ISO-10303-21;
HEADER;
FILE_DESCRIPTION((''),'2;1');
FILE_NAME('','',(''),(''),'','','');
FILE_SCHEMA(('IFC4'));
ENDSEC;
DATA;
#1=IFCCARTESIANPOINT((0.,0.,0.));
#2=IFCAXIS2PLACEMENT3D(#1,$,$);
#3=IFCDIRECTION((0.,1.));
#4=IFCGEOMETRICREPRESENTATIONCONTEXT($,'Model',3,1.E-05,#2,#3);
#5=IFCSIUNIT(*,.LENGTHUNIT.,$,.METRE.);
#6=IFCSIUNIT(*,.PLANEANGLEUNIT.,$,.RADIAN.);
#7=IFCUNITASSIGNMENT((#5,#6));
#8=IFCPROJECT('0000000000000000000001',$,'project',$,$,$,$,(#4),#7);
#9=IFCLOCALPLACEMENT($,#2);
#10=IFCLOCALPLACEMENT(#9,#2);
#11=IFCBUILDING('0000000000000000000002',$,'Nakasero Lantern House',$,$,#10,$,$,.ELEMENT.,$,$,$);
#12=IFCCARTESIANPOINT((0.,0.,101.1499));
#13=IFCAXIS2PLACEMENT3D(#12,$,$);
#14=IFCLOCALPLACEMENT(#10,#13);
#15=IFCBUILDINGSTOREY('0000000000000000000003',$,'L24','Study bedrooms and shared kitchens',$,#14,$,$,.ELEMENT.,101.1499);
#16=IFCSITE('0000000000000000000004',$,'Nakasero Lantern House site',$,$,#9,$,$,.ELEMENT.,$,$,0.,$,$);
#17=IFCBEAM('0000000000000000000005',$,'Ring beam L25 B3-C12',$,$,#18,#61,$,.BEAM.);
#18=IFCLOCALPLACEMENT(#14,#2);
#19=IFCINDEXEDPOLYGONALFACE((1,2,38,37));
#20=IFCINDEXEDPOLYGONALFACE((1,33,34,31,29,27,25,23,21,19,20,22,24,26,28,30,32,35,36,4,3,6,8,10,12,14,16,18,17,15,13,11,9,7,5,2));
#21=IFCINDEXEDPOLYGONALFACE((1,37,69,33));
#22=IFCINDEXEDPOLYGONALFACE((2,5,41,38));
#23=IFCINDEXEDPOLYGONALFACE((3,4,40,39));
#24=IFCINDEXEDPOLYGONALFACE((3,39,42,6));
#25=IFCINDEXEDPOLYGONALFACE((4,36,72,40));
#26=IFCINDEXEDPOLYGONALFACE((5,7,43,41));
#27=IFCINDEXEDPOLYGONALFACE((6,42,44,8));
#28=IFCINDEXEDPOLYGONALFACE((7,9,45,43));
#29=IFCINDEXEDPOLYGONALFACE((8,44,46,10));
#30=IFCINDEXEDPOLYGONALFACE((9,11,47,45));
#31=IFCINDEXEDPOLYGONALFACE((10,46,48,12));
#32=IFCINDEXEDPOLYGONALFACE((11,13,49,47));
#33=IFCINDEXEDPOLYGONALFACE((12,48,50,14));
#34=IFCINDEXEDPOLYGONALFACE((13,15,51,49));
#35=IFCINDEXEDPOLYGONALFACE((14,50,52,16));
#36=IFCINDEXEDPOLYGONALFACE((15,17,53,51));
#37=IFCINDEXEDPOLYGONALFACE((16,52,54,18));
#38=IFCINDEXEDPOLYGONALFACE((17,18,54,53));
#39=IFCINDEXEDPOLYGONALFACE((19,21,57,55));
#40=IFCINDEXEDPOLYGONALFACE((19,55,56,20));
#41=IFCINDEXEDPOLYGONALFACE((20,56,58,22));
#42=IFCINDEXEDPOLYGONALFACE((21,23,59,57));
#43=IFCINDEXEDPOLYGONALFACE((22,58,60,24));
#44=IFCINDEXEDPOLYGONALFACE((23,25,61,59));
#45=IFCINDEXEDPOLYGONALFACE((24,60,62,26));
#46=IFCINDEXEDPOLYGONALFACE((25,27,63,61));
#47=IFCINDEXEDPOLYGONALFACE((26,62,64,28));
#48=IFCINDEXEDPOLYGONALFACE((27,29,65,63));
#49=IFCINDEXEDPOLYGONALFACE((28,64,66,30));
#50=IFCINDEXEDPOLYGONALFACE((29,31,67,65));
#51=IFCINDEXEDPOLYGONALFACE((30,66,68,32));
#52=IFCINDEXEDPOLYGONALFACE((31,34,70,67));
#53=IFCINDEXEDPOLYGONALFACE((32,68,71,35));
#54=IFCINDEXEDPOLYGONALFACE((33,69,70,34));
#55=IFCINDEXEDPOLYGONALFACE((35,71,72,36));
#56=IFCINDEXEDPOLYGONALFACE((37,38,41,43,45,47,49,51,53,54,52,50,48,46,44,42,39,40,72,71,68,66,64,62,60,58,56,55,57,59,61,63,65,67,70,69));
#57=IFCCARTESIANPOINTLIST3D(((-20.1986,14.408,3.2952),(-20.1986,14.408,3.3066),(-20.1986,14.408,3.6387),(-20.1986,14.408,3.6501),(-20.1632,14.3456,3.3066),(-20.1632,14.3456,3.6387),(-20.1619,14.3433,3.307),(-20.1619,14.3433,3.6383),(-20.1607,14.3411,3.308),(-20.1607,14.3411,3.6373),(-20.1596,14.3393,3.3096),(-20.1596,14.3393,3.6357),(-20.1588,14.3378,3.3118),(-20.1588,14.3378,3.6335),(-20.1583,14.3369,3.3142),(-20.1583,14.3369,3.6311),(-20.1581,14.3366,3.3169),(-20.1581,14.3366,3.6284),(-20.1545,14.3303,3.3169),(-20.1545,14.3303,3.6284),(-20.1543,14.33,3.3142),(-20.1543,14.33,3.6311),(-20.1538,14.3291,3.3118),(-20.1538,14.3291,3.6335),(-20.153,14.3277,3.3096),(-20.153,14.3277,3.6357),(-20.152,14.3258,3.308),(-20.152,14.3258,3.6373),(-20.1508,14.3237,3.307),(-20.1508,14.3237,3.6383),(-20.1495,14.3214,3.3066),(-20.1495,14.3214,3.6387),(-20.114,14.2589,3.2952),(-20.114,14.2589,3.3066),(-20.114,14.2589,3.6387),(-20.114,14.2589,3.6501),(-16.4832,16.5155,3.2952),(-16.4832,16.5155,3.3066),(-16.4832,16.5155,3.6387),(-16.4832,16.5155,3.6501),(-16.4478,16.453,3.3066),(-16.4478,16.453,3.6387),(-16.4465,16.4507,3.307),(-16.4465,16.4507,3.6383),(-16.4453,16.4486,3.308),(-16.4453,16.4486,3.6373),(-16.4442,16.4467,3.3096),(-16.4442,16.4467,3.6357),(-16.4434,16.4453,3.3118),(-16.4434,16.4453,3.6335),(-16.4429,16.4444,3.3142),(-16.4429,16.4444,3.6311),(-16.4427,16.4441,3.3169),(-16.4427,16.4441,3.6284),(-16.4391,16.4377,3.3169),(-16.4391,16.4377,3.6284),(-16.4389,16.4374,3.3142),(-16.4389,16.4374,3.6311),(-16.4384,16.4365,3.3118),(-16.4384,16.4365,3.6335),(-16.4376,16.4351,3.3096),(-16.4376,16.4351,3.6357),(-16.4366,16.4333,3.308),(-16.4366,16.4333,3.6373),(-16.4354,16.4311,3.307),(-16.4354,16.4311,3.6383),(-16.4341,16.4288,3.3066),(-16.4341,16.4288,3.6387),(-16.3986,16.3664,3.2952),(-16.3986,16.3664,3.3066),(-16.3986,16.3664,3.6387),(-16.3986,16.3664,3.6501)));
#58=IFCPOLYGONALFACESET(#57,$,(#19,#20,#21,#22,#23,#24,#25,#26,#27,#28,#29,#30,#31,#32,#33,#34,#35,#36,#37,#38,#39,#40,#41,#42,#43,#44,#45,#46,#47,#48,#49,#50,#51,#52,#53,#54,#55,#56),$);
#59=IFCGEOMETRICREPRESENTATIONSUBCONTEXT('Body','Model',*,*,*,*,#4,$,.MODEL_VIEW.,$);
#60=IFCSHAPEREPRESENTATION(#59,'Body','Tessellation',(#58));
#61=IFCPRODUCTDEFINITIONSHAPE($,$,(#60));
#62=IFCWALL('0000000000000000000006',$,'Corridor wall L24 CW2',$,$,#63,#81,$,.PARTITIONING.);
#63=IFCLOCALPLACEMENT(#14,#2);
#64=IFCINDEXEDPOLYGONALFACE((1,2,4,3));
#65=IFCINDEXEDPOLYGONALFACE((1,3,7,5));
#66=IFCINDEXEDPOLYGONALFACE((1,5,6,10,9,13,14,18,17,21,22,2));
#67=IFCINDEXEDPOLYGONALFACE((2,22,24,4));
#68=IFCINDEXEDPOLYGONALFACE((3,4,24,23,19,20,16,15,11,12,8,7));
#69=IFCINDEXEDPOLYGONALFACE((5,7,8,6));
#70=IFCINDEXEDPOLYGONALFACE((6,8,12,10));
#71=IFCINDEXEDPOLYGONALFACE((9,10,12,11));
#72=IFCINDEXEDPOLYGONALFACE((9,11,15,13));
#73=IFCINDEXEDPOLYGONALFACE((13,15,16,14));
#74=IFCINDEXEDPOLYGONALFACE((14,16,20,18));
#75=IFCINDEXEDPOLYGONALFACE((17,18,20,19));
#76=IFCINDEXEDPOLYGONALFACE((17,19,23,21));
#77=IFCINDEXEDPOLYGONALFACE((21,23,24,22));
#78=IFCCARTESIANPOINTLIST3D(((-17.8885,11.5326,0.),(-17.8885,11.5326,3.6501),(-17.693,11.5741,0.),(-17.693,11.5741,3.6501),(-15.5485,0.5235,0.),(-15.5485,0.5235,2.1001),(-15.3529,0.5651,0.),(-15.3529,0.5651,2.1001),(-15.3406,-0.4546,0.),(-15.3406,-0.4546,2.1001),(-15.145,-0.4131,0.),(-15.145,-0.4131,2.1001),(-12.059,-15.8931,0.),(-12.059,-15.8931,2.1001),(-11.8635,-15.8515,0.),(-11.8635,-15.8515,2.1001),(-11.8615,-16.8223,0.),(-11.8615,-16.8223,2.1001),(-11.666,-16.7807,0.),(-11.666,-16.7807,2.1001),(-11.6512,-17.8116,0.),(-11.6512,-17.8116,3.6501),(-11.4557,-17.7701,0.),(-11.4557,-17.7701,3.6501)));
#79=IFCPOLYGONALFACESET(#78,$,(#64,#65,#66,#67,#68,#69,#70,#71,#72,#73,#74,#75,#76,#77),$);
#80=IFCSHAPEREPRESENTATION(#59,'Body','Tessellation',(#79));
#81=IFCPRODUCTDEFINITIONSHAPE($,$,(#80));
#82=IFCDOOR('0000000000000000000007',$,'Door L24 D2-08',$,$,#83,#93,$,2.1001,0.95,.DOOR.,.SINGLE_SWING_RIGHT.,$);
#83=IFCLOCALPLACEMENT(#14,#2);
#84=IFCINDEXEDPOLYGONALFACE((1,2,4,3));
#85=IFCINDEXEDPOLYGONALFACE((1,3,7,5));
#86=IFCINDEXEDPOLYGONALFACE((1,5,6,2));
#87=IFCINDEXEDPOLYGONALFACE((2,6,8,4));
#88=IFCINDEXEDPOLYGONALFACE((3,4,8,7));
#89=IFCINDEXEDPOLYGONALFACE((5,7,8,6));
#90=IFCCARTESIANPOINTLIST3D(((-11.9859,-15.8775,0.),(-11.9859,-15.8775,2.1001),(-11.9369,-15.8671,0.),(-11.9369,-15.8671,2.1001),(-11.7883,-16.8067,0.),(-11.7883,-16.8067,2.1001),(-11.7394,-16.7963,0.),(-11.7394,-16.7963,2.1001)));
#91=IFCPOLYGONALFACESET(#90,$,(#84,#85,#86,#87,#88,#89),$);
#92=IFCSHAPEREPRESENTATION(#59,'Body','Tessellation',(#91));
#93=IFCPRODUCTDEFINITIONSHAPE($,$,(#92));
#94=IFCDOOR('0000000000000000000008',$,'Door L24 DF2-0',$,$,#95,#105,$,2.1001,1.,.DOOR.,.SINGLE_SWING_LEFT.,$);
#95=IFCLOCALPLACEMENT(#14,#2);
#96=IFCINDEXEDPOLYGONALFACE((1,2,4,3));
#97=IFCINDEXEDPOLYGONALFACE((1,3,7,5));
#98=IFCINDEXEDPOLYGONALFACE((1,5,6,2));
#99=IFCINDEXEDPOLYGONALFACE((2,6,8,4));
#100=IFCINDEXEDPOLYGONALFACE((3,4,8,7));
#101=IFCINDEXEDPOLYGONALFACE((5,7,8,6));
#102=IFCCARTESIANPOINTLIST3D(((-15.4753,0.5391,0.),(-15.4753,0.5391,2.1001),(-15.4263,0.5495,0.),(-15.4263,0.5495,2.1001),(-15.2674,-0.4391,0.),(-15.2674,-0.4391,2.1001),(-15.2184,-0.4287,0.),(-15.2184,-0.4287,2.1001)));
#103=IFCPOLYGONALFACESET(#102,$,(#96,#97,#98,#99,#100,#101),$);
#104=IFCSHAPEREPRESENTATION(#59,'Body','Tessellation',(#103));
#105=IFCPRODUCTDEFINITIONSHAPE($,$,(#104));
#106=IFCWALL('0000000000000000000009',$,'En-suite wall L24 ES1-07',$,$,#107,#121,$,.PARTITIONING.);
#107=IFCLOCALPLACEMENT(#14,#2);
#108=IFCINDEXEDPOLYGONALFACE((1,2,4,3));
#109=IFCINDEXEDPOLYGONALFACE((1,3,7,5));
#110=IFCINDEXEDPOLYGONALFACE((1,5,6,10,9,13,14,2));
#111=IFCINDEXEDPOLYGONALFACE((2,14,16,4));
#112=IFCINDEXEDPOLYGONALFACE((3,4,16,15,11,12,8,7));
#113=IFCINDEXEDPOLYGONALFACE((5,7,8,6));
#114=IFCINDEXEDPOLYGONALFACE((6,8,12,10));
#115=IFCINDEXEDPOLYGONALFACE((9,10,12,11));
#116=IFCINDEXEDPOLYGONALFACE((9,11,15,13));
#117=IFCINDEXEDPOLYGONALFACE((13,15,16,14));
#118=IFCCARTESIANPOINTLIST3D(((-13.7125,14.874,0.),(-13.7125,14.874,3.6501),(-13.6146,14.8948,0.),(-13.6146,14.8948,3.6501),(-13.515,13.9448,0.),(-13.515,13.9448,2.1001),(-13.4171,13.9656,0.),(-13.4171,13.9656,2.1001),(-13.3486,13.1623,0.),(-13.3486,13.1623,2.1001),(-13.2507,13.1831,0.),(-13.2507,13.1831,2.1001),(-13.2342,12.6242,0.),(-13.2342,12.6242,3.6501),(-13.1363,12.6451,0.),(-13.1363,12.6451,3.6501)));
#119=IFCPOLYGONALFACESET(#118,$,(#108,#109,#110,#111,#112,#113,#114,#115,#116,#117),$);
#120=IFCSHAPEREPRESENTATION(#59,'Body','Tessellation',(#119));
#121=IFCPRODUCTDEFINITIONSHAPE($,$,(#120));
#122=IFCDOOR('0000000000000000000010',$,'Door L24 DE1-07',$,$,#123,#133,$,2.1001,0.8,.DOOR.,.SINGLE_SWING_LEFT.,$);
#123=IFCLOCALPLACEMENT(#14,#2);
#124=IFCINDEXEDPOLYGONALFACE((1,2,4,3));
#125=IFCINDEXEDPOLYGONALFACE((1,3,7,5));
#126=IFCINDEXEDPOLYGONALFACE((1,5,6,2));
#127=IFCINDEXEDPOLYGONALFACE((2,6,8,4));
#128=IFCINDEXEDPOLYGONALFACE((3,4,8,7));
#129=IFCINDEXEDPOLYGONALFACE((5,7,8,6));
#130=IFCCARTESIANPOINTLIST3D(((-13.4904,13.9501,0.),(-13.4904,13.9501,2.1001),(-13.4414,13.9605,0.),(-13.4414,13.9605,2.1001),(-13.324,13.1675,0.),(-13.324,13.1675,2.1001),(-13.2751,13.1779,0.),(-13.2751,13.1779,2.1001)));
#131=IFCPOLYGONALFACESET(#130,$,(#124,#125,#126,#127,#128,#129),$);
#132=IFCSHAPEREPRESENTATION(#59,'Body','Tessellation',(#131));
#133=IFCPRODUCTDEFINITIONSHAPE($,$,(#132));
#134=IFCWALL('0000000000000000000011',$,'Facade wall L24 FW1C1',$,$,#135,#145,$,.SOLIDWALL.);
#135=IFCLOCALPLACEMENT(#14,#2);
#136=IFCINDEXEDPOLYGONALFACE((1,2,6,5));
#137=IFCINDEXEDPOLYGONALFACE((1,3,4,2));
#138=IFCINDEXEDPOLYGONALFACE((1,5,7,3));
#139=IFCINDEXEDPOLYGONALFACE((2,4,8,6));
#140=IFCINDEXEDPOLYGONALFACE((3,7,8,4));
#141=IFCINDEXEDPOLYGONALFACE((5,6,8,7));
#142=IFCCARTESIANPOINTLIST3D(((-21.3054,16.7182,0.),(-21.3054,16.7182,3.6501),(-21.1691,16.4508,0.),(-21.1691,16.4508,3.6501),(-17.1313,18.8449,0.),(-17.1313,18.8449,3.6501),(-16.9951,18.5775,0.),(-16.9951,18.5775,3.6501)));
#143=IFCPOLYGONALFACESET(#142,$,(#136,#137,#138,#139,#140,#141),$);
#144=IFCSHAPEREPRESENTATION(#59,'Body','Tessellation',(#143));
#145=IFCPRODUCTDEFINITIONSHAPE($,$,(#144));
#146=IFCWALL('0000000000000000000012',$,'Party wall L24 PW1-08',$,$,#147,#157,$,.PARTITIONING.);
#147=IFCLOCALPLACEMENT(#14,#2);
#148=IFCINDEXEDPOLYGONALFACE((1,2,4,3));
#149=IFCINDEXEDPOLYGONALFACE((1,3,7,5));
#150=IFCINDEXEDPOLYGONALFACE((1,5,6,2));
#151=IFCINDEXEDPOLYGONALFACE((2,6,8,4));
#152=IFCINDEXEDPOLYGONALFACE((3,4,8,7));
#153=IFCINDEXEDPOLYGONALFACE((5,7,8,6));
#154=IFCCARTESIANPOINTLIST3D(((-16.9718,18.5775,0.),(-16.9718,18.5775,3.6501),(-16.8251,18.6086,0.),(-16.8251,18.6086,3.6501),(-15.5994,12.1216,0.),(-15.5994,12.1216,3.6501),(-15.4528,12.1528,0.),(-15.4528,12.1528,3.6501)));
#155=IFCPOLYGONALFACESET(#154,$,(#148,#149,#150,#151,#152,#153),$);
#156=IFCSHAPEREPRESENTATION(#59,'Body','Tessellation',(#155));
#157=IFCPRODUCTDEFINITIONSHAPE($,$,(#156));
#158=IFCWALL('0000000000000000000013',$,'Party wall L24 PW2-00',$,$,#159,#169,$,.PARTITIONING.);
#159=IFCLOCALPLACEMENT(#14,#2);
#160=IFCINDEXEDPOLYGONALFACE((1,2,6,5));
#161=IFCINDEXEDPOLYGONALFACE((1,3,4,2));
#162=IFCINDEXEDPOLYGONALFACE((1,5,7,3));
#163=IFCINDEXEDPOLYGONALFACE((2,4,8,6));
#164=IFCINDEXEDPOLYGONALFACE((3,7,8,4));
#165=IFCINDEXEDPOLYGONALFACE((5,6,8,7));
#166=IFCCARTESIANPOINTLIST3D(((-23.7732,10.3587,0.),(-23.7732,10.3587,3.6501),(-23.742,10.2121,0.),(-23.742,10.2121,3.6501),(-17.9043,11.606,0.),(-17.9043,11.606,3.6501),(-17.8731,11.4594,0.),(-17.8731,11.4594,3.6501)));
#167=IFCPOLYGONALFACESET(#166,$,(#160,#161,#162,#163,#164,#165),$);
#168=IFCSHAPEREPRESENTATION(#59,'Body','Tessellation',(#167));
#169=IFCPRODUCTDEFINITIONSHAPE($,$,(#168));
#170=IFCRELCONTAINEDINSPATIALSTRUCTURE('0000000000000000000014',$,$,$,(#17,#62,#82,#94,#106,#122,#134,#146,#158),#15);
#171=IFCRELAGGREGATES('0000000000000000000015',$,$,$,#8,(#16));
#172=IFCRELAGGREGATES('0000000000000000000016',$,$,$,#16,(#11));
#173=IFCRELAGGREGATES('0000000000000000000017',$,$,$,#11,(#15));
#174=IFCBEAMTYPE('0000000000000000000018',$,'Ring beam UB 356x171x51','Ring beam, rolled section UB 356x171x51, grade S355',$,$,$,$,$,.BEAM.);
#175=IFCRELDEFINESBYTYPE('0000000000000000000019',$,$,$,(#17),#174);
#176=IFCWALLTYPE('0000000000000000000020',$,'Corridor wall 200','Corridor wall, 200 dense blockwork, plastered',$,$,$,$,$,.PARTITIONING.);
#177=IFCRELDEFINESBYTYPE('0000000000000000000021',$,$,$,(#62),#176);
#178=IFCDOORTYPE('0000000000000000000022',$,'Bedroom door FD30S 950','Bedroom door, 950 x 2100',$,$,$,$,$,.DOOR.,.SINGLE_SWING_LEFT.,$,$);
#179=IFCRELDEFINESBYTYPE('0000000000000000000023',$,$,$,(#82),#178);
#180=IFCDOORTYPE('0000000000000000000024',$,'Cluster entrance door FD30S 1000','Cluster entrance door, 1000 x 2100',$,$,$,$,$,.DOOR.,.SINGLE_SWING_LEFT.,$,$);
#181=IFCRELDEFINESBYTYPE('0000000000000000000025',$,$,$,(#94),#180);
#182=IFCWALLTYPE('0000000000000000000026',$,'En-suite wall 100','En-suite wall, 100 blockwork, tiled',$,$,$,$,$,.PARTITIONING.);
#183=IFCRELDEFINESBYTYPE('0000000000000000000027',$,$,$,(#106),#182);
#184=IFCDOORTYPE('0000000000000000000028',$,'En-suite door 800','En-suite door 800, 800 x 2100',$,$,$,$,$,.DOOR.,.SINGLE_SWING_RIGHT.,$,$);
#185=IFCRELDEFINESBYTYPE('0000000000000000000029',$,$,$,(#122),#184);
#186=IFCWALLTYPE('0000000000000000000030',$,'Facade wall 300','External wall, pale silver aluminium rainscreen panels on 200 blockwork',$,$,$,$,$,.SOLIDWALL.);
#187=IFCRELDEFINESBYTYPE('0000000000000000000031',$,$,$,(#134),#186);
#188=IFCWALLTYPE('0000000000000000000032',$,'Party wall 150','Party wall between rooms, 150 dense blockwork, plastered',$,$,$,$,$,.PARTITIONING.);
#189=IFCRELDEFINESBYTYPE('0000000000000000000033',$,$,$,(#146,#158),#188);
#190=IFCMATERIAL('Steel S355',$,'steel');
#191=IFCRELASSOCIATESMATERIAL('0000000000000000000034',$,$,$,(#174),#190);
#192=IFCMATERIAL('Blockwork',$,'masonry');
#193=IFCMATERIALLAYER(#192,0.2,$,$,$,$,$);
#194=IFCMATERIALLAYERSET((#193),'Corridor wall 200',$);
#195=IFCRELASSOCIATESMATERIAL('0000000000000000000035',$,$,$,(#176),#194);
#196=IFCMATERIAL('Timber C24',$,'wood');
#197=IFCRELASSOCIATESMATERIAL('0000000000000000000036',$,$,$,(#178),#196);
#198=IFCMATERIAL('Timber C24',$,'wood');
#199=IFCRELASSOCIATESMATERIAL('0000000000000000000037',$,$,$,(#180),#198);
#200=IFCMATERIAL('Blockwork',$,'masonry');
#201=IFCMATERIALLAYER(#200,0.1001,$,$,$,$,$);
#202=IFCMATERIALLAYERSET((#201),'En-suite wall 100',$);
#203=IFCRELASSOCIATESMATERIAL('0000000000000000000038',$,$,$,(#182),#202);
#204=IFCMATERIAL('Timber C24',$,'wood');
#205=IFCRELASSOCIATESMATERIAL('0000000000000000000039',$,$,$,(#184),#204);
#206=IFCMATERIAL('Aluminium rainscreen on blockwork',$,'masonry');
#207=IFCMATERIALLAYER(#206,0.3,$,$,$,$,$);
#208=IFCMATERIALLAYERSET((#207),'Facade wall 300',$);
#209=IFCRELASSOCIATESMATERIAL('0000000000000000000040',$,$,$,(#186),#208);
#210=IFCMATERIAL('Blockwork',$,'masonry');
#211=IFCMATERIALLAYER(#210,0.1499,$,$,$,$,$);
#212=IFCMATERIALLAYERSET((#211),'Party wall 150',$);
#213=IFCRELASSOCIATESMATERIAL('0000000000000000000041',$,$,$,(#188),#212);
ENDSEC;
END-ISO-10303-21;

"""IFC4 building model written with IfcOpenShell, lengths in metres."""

from ifc_helpers import new_model, si_unit, direction, frame, frame_2d, origin, origin_2d, place, context, subcontext, project, spatial, rectangle, i_section, extrude, material, layer, layer_set, material_profile, profile_set, type_object, element, fill, save


model = new_model("IFC4")

# Units and contexts
model_context = context("Model", 3, precision=1e-05, world=origin(), true_north=direction((0.0, 1.0)))
body_context = subcontext(model_context, "Body", "Model", "MODEL_VIEW")
ifc_project = project(units=[si_unit("LENGTHUNIT", "METRE"), si_unit("PLANEANGLEUNIT", "RADIAN")], contexts=[model_context])

# Site, building, storey
site_placement = place(None, origin())
site = spatial("IfcSite", under=ifc_project, at=site_placement, Name="Nakasero Lantern House site", CompositionType="ELEMENT", RefElevation=0.0)
building_placement = place(site_placement, origin())
building = spatial("IfcBuilding", under=site, at=building_placement, Name="Nakasero Lantern House", CompositionType="ELEMENT")
storey_placement = place(building_placement, frame((0.0, 0.0, 101.1499)))
storey = spatial("IfcBuildingStorey", under=building, at=storey_placement, Name="L24", Description="Study bedrooms and shared kitchens", CompositionType="ELEMENT", Elevation=101.1499)

# Beam
ifc_material_1 = material(Name="Steel S355", Category="steel")
ifc_material_profile_1 = material_profile(ifc_material_1, i_section(OverallWidth=0.1714, OverallDepth=0.355, WebThickness=0.0073, FlangeThickness=0.0115, FilletRadius=0.0103, at=origin_2d()), Name="UB 356x171x51")
ifc_profile_set_1 = profile_set([ifc_material_profile_1], Name="Steel S355")
beam_type_1 = type_object("IfcBeamType", Name="Ring beam UB 356x171x51", Description="Ring beam, rolled section UB 356x171x51, grade S355", PredefinedType="BEAM", material=ifc_profile_set_1)
beam_1_placement = place(storey_placement, frame((-16.4409, 16.4409, 3.4727), z_axis=(-0.869815, -0.493379, 0.0), x_axis=(0.493379, -0.869815, 0.0)))
element("IfcBeam", 1, at=beam_1_placement, inside=storey, type_object=beam_type_1, Name="Ring beam L25 B3-C12", PredefinedType="BEAM", context=body_context, shape_type="SweptSolid", body=[
    extrude(i_section(OverallWidth=0.1714, OverallDepth=0.355, WebThickness=0.0073, FlangeThickness=0.0115, FilletRadius=0.0103, at=origin_2d()), origin(), (0.0, 0.0, 1.0), 4.2715),
])

# Wall, openings, doors
ifc_material_2 = material(Name="Blockwork", Category="masonry")
ifc_layer_1 = layer(ifc_material_2, 0.2)
ifc_layer_set_1 = layer_set([ifc_layer_1], Name="Corridor wall 200")
wall_type_1 = type_object("IfcWallType", Name="Corridor wall 200", Description="Corridor wall, 200 dense blockwork, plastered", PredefinedType="PARTITIONING", material=ifc_layer_set_1)
wall_1_placement = place(storey_placement, frame((-17.7908, 11.5535, 0.0), z_axis=(0.0, 0.0, 1.0), x_axis=(0.207912, -0.978148, 0.0)))
wall_1 = element("IfcWall", 2, at=wall_1_placement, inside=storey, type_object=wall_type_1, Name="Corridor wall L24 CW2", PredefinedType="PARTITIONING", context=body_context, shape_type="SweptSolid", body=[
    extrude(rectangle(XDim=29.9998, YDim=0.2, at=frame_2d((15.0, 0.0))), origin(), (0.0, 0.0, 1.0), 3.6501),
])
opening_1_placement = place(wall_1_placement, frame((11.2551, 0.0, 0.0)))
opening_1 = element("IfcOpeningElement", 3, at=opening_1_placement, cuts=wall_1, PredefinedType="OPENING", context=body_context, shape_type="SweptSolid", body=[
    extrude(rectangle(XDim=1.0, YDim=2.1001, at=frame_2d((0.5, 1.05))), frame((0.0, 0.1199, 0.0), z_axis=(0.0, -1.0, 0.0), x_axis=(1.0, 0.0, 0.0)), (0.0, 0.0, 1.0), 0.24),
])
opening_2_placement = place(wall_1_placement, frame((28.0383, 0.0, 0.0)))
opening_2 = element("IfcOpeningElement", 4, at=opening_2_placement, cuts=wall_1, PredefinedType="OPENING", context=body_context, shape_type="SweptSolid", body=[
    extrude(rectangle(XDim=0.95, YDim=2.1001, at=frame_2d((0.4751, 1.05))), frame((0.0, 0.1199, 0.0), z_axis=(0.0, -1.0, 0.0), x_axis=(1.0, 0.0, 0.0)), (0.0, 0.0, 1.0), 0.24),
])
ifc_material_3 = material(Name="Timber C24", Category="wood")
door_type_1 = type_object("IfcDoorType", Name="Bedroom door FD30S 950", Description="Bedroom door, 950 x 2100", OperationType="SINGLE_SWING_LEFT", PredefinedType="DOOR", material=ifc_material_3)
door_1_placement = place(opening_2_placement, origin())
door_1 = element("IfcDoor", 5, at=door_1_placement, inside=storey, type_object=door_type_1, Name="Door L24 D2-08", OperationType="SINGLE_SWING_RIGHT", OverallHeight=2.1001, OverallWidth=0.95, PredefinedType="DOOR", context=body_context, shape_type="SweptSolid", body=[
    extrude(rectangle(XDim=0.95, YDim=2.1001, at=frame_2d((0.4751, 1.05))), frame((0.0, 0.0249, 0.0), z_axis=(0.0, -1.0, 0.0), x_axis=(1.0, 0.0, 0.0)), (0.0, 0.0, 1.0), 0.05),
])
fill(opening_2, door_1)
ifc_material_4 = material(Name="Timber C24", Category="wood")
door_type_2 = type_object("IfcDoorType", Name="Cluster entrance door FD30S 1000", Description="Cluster entrance door, 1000 x 2100", OperationType="SINGLE_SWING_LEFT", PredefinedType="DOOR", material=ifc_material_4)
door_2_placement = place(opening_1_placement, origin())
door_2 = element("IfcDoor", 6, at=door_2_placement, inside=storey, type_object=door_type_2, Name="Door L24 DF2-0", OperationType="SINGLE_SWING_LEFT", OverallHeight=2.1001, OverallWidth=1.0, PredefinedType="DOOR", context=body_context, shape_type="SweptSolid", body=[
    extrude(rectangle(XDim=1.0, YDim=2.1001, at=frame_2d((0.5, 1.05))), frame((0.0, 0.0249, 0.0), z_axis=(0.0, -1.0, 0.0), x_axis=(1.0, 0.0, 0.0)), (0.0, 0.0, 1.0), 0.05),
])
fill(opening_1, door_2)

# Wall, opening, door
ifc_material_5 = material(Name="Blockwork", Category="masonry")
ifc_layer_2 = layer(ifc_material_5, 0.1001)
ifc_layer_set_2 = layer_set([ifc_layer_2], Name="En-suite wall 100")
wall_type_2 = type_object("IfcWallType", Name="En-suite wall 100", Description="En-suite wall, 100 blockwork, tiled", PredefinedType="PARTITIONING", material=ifc_layer_set_2)
wall_2_placement = place(storey_placement, frame((-13.1853, 12.6348, 0.0), z_axis=(0.0, 0.0, 1.0), x_axis=(-0.207941, 0.978141, 0.0)))
wall_2 = element("IfcWall", 7, at=wall_2_placement, inside=storey, type_object=wall_type_2, Name="En-suite wall L24 ES1-07", PredefinedType="PARTITIONING", context=body_context, shape_type="SweptSolid", body=[
    extrude(rectangle(XDim=2.3, YDim=0.1001, at=frame_2d((1.1499, 0.0))), origin(), (0.0, 0.0, 1.0), 3.6501),
])
opening_3_placement = place(wall_2_placement, frame((0.55, 0.0, 0.0)))
opening_3 = element("IfcOpeningElement", 8, at=opening_3_placement, cuts=wall_2, PredefinedType="OPENING", context=body_context, shape_type="SweptSolid", body=[
    extrude(rectangle(XDim=0.8, YDim=2.1001, at=frame_2d((0.3999, 1.05))), frame((0.0, 0.0701, 0.0), z_axis=(0.0, -1.0, 0.0), x_axis=(1.0, 0.0, 0.0)), (0.0, 0.0, 1.0), 0.1401),
])
ifc_material_6 = material(Name="Timber C24", Category="wood")
door_type_3 = type_object("IfcDoorType", Name="En-suite door 800", Description="En-suite door 800, 800 x 2100", OperationType="SINGLE_SWING_RIGHT", PredefinedType="DOOR", material=ifc_material_6)
door_3_placement = place(opening_3_placement, origin())
door_3 = element("IfcDoor", 9, at=door_3_placement, inside=storey, type_object=door_type_3, Name="Door L24 DE1-07", OperationType="SINGLE_SWING_LEFT", OverallHeight=2.1001, OverallWidth=0.8, PredefinedType="DOOR", context=body_context, shape_type="SweptSolid", body=[
    extrude(rectangle(XDim=0.8, YDim=2.1001, at=frame_2d((0.3999, 1.05))), frame((0.0, 0.0249, 0.0), z_axis=(0.0, -1.0, 0.0), x_axis=(1.0, 0.0, 0.0)), (0.0, 0.0, 1.0), 0.05),
])
fill(opening_3, door_3)

# Walls
ifc_material_7 = material(Name="Aluminium rainscreen on blockwork", Category="masonry")
ifc_layer_3 = layer(ifc_material_7, 0.3)
ifc_layer_set_3 = layer_set([ifc_layer_3], Name="Facade wall 300")
wall_type_3 = type_object("IfcWallType", Name="Facade wall 300", Description="External wall, pale silver aluminium rainscreen panels on 200 blockwork", PredefinedType="SOLIDWALL", material=ifc_layer_set_3)
wall_3_placement = place(storey_placement, frame((-17.0632, 18.7112, 0.0), z_axis=(0.0, 0.0, 1.0), x_axis=(-0.891014, -0.453976, 0.0)))
element("IfcWall", 10, at=wall_3_placement, inside=storey, type_object=wall_type_3, Name="Facade wall L24 FW1C1", PredefinedType="SOLIDWALL", context=body_context, shape_type="SweptSolid", body=[
    extrude(rectangle(XDim=4.6846, YDim=0.3, at=frame_2d((2.3423, 0.0))), origin(), (0.0, 0.0, 1.0), 3.6501),
])
ifc_material_8 = material(Name="Blockwork", Category="masonry")
ifc_layer_4 = layer(ifc_material_8, 0.1499)
ifc_layer_set_4 = layer_set([ifc_layer_4], Name="Party wall 150")
wall_type_4 = type_object("IfcWallType", Name="Party wall 150", Description="Party wall between rooms, 150 dense blockwork, plastered", PredefinedType="PARTITIONING", material=ifc_layer_set_4)
wall_4_placement = place(storey_placement, frame((-15.5261, 12.1372, 0.0), z_axis=(0.0, 0.0, 1.0), x_axis=(-0.207925, 0.978145, 0.0)))
element("IfcWall", 11, at=wall_4_placement, inside=storey, type_object=wall_type_4, Name="Party wall L24 PW1-08", PredefinedType="PARTITIONING", context=body_context, shape_type="SweptSolid", body=[
    extrude(rectangle(XDim=6.6001, YDim=0.1499, at=frame_2d((3.3, 0.0))), origin(), (0.0, 0.0, 1.0), 3.6501),
])
wall_5_placement = place(storey_placement, frame((-17.8887, 11.5327, 0.0), z_axis=(0.0, 0.0, 1.0), x_axis=(-0.978153, -0.207886, 0.0)))
element("IfcWall", 12, at=wall_5_placement, inside=storey, type_object=wall_type_4, Name="Party wall L24 PW2-00", PredefinedType="PARTITIONING", context=body_context, shape_type="SweptSolid", body=[
    extrude(rectangle(XDim=6.0, YDim=0.1499, at=frame_2d((3.0, 0.0))), origin(), (0.0, 0.0, 1.0), 3.6501),
])

save(model, "model.ifc")
